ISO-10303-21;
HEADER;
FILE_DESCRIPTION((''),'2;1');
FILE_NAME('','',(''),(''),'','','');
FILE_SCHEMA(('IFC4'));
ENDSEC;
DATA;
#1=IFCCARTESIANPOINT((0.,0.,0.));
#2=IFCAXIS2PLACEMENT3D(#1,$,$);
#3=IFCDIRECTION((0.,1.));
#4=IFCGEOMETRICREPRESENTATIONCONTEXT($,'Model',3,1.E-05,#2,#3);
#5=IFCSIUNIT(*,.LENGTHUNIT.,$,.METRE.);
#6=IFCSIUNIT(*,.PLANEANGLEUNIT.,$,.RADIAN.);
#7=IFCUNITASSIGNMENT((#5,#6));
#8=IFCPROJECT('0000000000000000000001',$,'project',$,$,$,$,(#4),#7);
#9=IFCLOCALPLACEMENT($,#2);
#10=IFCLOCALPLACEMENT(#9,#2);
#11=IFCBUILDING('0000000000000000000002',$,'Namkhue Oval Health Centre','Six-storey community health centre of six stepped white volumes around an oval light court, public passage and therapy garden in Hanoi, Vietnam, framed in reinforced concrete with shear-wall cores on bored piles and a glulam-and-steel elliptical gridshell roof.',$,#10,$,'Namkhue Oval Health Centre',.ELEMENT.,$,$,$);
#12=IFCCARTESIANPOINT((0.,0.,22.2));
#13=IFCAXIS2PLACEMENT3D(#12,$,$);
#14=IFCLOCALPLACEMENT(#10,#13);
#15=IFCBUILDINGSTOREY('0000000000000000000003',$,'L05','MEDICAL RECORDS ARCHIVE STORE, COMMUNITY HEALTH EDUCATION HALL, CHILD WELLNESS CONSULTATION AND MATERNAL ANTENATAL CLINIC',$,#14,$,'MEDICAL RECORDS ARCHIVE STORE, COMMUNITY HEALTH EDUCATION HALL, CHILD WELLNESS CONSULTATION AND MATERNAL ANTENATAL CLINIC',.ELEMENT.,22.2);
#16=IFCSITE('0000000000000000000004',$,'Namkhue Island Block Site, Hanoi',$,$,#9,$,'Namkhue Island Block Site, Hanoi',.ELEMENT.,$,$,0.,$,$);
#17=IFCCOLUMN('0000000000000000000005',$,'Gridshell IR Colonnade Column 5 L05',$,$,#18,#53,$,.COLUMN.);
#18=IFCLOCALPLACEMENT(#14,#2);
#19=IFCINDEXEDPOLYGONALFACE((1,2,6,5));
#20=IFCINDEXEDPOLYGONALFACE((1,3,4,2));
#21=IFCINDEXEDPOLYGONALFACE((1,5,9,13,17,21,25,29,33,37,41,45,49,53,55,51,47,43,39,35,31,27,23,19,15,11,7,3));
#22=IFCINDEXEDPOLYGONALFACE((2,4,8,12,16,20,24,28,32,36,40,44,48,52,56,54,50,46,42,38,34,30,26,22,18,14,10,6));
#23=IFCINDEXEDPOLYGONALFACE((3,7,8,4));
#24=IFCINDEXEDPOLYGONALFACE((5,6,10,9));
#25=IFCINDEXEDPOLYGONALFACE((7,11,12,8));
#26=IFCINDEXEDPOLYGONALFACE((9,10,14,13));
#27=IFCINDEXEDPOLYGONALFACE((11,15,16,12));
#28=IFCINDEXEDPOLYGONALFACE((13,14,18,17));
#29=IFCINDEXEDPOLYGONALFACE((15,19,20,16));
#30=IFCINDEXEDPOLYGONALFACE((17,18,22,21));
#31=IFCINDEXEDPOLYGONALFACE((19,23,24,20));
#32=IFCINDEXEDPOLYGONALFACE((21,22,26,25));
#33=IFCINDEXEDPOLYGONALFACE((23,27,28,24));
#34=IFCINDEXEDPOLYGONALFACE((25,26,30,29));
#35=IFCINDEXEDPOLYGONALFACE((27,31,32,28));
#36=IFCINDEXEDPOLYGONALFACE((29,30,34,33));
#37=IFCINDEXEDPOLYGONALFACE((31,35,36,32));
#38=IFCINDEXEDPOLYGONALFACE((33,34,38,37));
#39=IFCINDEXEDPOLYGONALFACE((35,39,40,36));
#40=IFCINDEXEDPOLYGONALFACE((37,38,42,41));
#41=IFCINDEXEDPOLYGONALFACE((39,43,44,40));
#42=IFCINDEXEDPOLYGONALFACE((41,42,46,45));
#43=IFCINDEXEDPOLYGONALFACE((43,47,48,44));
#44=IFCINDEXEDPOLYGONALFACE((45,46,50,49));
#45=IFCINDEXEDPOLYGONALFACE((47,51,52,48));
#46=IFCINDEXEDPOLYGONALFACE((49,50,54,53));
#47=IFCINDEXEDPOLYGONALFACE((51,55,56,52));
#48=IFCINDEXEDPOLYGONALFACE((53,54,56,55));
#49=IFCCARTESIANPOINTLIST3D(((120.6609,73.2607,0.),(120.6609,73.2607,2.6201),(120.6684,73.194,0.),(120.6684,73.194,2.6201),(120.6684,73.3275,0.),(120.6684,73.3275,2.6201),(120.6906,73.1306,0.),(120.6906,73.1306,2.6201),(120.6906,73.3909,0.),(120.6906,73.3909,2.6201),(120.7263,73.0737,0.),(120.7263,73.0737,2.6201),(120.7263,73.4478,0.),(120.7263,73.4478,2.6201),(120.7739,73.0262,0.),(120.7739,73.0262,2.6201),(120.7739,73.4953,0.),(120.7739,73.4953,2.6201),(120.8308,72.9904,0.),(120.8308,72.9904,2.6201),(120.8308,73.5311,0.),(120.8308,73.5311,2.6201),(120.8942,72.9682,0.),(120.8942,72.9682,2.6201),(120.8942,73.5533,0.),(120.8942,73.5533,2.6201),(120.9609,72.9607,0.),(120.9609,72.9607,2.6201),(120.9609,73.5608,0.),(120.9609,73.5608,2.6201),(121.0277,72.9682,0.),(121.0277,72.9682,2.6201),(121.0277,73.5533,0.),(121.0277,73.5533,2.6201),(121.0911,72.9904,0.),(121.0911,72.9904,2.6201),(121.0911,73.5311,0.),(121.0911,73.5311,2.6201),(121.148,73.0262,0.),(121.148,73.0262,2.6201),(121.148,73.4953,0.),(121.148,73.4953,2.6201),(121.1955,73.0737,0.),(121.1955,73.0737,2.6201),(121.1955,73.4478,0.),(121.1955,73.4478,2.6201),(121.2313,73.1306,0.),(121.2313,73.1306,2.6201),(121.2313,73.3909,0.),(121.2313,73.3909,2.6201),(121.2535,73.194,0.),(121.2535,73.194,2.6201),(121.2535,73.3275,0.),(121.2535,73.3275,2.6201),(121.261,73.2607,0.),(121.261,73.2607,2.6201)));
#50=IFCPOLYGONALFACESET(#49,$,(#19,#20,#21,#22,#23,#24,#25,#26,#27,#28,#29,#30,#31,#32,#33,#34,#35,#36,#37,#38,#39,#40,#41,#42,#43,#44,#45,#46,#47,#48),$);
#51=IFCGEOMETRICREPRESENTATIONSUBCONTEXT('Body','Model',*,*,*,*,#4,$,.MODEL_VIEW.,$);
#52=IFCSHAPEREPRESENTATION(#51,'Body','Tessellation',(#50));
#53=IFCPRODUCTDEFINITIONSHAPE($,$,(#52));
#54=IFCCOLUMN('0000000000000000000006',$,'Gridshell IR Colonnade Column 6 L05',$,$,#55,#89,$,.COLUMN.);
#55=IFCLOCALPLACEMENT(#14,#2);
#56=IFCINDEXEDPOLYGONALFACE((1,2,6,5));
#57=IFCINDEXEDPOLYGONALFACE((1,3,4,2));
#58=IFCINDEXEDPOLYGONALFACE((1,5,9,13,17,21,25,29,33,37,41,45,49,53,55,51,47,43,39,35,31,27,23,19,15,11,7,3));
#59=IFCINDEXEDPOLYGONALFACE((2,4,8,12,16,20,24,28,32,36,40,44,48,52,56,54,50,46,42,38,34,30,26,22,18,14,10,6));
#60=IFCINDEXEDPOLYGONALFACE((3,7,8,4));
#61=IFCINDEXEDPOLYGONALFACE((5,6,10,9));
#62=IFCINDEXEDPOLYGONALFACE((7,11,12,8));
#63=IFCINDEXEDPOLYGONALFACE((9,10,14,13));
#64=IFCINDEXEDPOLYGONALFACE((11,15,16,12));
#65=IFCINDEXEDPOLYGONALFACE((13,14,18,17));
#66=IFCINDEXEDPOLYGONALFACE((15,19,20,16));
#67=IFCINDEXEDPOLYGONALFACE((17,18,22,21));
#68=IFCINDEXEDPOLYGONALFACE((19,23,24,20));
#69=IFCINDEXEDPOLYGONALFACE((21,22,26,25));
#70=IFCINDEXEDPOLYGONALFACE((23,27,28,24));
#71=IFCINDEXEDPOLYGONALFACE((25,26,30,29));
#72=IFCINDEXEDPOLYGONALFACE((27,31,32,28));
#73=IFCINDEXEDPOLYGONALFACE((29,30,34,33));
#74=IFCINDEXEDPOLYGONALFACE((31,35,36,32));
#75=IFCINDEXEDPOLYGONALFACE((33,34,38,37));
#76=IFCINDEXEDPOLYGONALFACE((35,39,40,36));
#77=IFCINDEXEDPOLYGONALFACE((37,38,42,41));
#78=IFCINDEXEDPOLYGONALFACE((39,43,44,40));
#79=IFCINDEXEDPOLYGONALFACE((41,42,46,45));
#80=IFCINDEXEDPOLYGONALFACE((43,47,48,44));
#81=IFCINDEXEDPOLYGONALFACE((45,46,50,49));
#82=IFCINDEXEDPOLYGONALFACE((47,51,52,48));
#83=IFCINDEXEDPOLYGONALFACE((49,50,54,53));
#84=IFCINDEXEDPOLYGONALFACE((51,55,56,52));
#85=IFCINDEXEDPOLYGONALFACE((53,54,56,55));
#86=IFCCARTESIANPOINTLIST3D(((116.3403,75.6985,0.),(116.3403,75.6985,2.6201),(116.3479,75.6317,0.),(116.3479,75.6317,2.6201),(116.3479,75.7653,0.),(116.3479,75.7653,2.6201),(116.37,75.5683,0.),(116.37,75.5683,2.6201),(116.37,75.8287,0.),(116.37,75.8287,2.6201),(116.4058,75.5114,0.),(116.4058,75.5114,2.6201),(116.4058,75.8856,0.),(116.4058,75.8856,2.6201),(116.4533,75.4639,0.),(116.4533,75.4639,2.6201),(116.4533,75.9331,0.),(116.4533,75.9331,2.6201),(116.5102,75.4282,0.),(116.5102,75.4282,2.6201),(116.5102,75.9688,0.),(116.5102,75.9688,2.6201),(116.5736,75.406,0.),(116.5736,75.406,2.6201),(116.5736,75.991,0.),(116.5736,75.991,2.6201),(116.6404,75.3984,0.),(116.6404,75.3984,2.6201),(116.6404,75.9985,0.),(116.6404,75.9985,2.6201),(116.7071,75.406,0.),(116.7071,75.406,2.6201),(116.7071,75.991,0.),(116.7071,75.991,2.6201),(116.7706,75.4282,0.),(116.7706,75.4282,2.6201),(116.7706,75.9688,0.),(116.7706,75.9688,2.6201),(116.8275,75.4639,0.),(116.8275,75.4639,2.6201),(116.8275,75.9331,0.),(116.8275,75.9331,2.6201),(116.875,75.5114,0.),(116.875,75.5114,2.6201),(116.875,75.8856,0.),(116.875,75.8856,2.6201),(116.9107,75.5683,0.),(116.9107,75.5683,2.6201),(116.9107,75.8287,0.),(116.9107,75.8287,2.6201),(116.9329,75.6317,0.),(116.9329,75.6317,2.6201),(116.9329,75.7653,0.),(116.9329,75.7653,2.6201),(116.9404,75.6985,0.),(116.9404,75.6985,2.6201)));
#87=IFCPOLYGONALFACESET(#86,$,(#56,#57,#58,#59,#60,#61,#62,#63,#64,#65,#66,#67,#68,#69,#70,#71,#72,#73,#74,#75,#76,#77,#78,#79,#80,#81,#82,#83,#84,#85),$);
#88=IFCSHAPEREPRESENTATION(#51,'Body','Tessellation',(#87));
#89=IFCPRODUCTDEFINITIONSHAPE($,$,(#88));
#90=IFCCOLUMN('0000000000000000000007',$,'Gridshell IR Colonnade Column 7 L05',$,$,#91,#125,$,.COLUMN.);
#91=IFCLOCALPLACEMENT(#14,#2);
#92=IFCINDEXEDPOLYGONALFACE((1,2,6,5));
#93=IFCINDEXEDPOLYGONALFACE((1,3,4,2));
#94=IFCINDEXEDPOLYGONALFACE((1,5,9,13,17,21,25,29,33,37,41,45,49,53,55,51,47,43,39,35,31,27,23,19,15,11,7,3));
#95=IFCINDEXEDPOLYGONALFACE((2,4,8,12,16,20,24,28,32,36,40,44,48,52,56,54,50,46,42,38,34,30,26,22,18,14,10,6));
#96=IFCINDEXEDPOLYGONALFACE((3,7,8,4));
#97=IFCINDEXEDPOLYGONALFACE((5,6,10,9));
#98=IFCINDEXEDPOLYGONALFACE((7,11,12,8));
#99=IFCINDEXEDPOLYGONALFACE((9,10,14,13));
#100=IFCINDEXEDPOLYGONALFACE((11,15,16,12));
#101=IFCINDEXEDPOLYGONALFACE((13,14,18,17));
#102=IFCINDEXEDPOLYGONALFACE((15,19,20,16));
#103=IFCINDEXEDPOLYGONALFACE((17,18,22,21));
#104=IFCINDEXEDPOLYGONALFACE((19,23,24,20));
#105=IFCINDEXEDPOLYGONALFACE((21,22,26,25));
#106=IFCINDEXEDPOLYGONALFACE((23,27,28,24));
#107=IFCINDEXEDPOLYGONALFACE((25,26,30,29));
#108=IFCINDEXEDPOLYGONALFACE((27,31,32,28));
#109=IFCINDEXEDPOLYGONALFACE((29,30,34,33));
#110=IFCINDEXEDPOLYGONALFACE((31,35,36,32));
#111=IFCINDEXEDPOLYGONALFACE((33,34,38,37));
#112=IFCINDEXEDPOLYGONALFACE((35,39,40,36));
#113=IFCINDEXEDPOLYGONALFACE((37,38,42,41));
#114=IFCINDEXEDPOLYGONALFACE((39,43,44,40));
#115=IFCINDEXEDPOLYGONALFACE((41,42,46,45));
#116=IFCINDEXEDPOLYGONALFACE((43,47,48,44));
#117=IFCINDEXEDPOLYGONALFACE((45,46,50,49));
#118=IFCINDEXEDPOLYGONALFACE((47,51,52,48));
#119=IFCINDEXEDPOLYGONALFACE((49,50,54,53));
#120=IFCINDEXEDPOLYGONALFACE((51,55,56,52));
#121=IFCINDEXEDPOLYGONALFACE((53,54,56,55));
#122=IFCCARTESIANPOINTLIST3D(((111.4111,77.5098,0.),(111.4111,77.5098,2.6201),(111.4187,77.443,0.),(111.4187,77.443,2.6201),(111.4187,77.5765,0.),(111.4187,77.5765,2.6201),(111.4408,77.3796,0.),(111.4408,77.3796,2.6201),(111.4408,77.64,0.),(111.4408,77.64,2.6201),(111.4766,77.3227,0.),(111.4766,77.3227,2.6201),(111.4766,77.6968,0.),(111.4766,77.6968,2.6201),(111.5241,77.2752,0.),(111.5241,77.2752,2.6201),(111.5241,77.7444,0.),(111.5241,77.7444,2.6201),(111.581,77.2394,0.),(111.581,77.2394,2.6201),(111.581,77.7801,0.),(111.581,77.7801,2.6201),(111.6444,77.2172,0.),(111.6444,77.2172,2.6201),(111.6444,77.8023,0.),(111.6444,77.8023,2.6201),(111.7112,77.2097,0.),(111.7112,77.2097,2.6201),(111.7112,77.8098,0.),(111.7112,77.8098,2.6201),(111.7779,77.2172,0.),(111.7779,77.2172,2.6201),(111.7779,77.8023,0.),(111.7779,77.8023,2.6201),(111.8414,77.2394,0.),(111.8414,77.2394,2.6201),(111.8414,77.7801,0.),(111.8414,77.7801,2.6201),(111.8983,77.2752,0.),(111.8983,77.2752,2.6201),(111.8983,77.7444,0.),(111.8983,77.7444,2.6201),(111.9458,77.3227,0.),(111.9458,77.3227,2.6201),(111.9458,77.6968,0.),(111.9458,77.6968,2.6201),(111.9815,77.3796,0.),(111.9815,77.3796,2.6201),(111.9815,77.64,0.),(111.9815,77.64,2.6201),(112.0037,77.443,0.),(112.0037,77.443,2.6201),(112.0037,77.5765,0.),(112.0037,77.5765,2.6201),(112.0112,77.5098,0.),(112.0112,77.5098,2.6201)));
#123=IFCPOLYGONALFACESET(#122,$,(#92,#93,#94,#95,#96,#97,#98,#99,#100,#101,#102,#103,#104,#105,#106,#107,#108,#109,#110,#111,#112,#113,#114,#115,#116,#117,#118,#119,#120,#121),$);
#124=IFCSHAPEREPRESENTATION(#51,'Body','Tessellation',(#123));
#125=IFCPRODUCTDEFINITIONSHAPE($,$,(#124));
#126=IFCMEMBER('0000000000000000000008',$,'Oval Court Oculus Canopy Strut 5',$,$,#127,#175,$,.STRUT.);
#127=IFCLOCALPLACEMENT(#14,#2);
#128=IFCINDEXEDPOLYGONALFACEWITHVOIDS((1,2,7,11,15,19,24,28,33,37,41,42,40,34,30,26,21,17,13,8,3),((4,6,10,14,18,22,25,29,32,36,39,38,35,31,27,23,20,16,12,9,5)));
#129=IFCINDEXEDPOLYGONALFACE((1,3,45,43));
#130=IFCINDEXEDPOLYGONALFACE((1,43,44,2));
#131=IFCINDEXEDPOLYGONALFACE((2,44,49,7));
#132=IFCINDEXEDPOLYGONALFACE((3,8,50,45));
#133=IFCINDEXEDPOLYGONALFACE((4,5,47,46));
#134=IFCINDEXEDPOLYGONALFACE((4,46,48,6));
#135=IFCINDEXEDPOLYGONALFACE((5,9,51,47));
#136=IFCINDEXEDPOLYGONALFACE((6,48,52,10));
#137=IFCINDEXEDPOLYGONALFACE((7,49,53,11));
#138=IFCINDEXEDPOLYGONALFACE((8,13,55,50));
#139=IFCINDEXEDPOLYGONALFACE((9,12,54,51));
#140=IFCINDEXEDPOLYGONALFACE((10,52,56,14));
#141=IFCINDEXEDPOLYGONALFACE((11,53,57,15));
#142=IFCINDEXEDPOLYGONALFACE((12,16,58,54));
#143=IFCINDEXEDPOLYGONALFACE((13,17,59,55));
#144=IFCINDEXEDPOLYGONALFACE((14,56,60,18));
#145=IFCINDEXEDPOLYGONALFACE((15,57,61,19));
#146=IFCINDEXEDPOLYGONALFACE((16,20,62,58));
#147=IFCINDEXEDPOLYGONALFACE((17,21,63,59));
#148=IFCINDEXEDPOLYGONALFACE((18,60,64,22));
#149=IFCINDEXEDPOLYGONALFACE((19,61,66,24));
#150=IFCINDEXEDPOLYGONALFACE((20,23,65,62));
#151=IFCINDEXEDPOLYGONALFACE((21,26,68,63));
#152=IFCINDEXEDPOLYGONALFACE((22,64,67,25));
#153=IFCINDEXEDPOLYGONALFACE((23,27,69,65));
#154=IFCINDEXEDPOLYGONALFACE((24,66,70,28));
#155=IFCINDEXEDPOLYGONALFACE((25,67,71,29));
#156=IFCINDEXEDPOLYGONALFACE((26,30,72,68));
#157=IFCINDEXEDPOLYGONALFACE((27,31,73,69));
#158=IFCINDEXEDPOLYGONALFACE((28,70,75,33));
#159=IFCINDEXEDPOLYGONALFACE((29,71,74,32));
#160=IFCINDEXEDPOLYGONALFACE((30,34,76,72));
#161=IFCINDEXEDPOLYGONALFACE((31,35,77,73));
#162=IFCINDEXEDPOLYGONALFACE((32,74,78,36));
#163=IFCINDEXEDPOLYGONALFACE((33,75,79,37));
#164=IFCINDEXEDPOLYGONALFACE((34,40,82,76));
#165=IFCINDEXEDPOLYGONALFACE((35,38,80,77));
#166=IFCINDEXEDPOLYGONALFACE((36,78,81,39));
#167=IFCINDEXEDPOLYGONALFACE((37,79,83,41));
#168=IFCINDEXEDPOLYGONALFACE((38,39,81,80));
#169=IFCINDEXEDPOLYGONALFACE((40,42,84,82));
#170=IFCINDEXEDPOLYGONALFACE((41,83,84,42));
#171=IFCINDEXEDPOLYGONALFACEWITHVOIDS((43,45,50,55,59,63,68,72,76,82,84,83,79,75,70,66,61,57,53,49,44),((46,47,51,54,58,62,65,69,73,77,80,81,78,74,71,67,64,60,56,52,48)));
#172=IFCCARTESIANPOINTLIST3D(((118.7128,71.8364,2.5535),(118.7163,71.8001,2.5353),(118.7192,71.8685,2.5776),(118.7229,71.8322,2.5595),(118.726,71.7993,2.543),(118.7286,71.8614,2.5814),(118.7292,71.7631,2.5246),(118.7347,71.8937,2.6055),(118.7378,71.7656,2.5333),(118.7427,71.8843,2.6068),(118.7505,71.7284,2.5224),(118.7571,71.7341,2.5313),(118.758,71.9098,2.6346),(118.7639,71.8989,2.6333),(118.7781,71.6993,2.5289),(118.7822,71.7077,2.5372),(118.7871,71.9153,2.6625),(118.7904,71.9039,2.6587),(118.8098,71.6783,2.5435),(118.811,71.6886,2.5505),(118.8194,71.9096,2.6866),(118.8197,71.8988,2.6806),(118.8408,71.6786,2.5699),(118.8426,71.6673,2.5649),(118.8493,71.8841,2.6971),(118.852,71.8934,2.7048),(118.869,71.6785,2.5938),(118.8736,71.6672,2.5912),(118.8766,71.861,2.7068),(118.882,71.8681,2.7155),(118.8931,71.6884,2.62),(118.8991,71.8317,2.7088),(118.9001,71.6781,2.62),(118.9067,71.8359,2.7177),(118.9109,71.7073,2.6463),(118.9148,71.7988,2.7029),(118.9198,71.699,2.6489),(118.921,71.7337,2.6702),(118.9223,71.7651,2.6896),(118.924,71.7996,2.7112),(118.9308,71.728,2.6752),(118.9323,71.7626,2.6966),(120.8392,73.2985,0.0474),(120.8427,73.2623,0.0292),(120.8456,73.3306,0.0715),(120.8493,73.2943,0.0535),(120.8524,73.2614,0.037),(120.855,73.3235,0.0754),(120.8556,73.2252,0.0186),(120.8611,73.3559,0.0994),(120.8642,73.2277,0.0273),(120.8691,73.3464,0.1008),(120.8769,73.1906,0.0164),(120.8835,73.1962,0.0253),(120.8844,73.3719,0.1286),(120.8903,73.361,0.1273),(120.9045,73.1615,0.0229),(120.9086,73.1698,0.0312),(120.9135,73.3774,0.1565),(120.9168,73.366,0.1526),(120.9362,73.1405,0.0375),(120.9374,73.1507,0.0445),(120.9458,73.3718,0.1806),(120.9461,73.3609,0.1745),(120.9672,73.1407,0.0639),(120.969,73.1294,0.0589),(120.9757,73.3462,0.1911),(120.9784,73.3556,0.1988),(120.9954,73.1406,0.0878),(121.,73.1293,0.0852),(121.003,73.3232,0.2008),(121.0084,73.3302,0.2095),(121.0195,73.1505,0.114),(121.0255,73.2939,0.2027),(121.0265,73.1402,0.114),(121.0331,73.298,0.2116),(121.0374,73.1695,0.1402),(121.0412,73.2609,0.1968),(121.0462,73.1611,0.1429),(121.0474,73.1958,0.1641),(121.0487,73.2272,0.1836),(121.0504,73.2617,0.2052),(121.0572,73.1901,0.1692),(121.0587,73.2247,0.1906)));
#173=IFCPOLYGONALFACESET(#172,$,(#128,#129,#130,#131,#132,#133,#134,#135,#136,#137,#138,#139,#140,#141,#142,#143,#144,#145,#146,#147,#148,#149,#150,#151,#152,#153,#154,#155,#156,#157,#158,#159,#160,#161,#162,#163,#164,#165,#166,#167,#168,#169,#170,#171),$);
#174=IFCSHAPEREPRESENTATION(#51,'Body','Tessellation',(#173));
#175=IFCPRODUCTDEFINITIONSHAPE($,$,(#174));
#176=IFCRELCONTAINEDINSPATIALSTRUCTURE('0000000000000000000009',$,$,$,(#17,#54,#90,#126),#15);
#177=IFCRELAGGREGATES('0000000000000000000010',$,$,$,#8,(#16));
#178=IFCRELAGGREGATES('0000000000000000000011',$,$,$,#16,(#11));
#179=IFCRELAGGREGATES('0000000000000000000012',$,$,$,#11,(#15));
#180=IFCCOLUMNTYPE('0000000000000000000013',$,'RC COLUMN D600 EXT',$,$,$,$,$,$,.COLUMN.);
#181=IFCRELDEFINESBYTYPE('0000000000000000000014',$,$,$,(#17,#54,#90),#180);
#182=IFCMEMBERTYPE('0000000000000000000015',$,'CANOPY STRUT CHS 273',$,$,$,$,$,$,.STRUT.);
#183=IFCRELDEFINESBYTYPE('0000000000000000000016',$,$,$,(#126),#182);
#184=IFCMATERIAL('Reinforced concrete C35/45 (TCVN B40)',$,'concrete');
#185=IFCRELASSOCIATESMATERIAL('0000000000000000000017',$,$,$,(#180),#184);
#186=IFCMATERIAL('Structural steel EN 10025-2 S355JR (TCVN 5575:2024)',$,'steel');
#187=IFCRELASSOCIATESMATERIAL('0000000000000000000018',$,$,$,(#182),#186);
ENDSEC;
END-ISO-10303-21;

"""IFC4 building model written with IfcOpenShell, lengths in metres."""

from ifc_helpers import new_model, si_unit, direction, frame, origin, origin_2d, place, context, subcontext, project, spatial, circle, hollow_circle, extrude, material, material_profile, profile_set, type_object, element, save


model = new_model("IFC4")

# Units and contexts
model_context = context("Model", 3, precision=1e-05, world=origin(), true_north=direction((0.0, 1.0)))
body_context = subcontext(model_context, "Body", "Model", "MODEL_VIEW")
ifc_project = project(units=[si_unit("LENGTHUNIT", "METRE"), si_unit("PLANEANGLEUNIT", "RADIAN")], contexts=[model_context])

# Site, building, storey
site_placement = place(None, origin())
site = spatial("IfcSite", under=ifc_project, at=site_placement, Name="Namkhue Island Block Site, Hanoi", LongName="Namkhue Island Block Site, Hanoi", CompositionType="ELEMENT", RefElevation=0.0)
building_placement = place(site_placement, origin())
building = spatial("IfcBuilding", under=site, at=building_placement, Name="Namkhue Oval Health Centre", Description="Six-storey community health centre of six stepped white volumes around an oval light court, public passage and therapy garden in Hanoi, Vietnam, framed in reinforced concrete with shear-wall cores on bored piles and a glulam-and-steel elliptical gridshell roof.", LongName="Namkhue Oval Health Centre", CompositionType="ELEMENT")
storey_placement = place(building_placement, frame((0.0, 0.0, 22.2)))
storey = spatial("IfcBuildingStorey", under=building, at=storey_placement, Name="L05", Description="MEDICAL RECORDS ARCHIVE STORE, COMMUNITY HEALTH EDUCATION HALL, CHILD WELLNESS CONSULTATION AND MATERNAL ANTENATAL CLINIC", LongName="MEDICAL RECORDS ARCHIVE STORE, COMMUNITY HEALTH EDUCATION HALL, CHILD WELLNESS CONSULTATION AND MATERNAL ANTENATAL CLINIC", CompositionType="ELEMENT", Elevation=22.2)

# Columns
ifc_material_1 = material(Name="Reinforced concrete C35/45 (TCVN B40)", Category="concrete")
ifc_material_profile_1 = material_profile(ifc_material_1, circle(Radius=0.3, at=origin_2d()), Name="RC D600")
ifc_profile_set_1 = profile_set([ifc_material_profile_1], Name="Reinforced concrete C35/45 (TCVN B40)")
column_type = type_object("IfcColumnType", Name="RC COLUMN D600 EXT", PredefinedType="COLUMN", material=ifc_profile_set_1)
for number, where, z_axis, x_axis, name in (
    (1, (120.9609, 73.2607, 0.0), (0.0, 0.0, 1.0), (1.0, 0.0, 0.0), "Gridshell IR Colonnade Column 5 L05"),
    (2, (116.6404, 75.6985, 0.0), (0.0, 0.0, 1.0), (1.0, 0.0, 0.0), "Gridshell IR Colonnade Column 6 L05"),
    (3, (111.7112, 77.5098, 0.0), (0.0, 0.0, 1.0), (1.0, 0.0, 0.0), "Gridshell IR Colonnade Column 7 L05"),
):
    element("IfcColumn", number, at=place(storey_placement, frame(where, z_axis=z_axis, x_axis=x_axis)), inside=storey, type_object=column_type, Name=name, PredefinedType="COLUMN", context=body_context, shape_type="SweptSolid", body=[
        extrude(circle(Radius=0.3, at=origin_2d()), origin(), (0.0, 0.0, 1.0), 2.6201),
    ])

# Member
ifc_material_2 = material(Name="Structural steel EN 10025-2 S355JR (TCVN 5575:2024)", Category="steel")
ifc_material_profile_2 = material_profile(ifc_material_2, hollow_circle(Radius=0.1365, WallThickness=0.0125, at=origin_2d()), Name="CHS 273x12.5")
ifc_profile_set_2 = profile_set([ifc_material_profile_2], Name="Structural steel EN 10025-2 S355JR (TCVN 5575:2024)")
member_type_1 = type_object("IfcMemberType", Name="CANOPY STRUT CHS 273", PredefinedType="STRUT", material=ifc_profile_set_2)
member_1_placement = place(storey_placement, frame((120.9492, 73.2527, 0.114), z_axis=(-0.591134, -0.406464, 0.696669), x_axis=(0.566585, -0.824003, 0.0)))
element("IfcMember", 4, at=member_1_placement, inside=storey, type_object=member_type_1, Name="Oval Court Oculus Canopy Strut 5", PredefinedType="STRUT", context=body_context, shape_type="SweptSolid", body=[
    extrude(hollow_circle(Radius=0.1365, WallThickness=0.0125, at=origin_2d()), origin(), (0.0, 0.0, 1.0), 3.5972),
])

save(model, "model.ifc")
